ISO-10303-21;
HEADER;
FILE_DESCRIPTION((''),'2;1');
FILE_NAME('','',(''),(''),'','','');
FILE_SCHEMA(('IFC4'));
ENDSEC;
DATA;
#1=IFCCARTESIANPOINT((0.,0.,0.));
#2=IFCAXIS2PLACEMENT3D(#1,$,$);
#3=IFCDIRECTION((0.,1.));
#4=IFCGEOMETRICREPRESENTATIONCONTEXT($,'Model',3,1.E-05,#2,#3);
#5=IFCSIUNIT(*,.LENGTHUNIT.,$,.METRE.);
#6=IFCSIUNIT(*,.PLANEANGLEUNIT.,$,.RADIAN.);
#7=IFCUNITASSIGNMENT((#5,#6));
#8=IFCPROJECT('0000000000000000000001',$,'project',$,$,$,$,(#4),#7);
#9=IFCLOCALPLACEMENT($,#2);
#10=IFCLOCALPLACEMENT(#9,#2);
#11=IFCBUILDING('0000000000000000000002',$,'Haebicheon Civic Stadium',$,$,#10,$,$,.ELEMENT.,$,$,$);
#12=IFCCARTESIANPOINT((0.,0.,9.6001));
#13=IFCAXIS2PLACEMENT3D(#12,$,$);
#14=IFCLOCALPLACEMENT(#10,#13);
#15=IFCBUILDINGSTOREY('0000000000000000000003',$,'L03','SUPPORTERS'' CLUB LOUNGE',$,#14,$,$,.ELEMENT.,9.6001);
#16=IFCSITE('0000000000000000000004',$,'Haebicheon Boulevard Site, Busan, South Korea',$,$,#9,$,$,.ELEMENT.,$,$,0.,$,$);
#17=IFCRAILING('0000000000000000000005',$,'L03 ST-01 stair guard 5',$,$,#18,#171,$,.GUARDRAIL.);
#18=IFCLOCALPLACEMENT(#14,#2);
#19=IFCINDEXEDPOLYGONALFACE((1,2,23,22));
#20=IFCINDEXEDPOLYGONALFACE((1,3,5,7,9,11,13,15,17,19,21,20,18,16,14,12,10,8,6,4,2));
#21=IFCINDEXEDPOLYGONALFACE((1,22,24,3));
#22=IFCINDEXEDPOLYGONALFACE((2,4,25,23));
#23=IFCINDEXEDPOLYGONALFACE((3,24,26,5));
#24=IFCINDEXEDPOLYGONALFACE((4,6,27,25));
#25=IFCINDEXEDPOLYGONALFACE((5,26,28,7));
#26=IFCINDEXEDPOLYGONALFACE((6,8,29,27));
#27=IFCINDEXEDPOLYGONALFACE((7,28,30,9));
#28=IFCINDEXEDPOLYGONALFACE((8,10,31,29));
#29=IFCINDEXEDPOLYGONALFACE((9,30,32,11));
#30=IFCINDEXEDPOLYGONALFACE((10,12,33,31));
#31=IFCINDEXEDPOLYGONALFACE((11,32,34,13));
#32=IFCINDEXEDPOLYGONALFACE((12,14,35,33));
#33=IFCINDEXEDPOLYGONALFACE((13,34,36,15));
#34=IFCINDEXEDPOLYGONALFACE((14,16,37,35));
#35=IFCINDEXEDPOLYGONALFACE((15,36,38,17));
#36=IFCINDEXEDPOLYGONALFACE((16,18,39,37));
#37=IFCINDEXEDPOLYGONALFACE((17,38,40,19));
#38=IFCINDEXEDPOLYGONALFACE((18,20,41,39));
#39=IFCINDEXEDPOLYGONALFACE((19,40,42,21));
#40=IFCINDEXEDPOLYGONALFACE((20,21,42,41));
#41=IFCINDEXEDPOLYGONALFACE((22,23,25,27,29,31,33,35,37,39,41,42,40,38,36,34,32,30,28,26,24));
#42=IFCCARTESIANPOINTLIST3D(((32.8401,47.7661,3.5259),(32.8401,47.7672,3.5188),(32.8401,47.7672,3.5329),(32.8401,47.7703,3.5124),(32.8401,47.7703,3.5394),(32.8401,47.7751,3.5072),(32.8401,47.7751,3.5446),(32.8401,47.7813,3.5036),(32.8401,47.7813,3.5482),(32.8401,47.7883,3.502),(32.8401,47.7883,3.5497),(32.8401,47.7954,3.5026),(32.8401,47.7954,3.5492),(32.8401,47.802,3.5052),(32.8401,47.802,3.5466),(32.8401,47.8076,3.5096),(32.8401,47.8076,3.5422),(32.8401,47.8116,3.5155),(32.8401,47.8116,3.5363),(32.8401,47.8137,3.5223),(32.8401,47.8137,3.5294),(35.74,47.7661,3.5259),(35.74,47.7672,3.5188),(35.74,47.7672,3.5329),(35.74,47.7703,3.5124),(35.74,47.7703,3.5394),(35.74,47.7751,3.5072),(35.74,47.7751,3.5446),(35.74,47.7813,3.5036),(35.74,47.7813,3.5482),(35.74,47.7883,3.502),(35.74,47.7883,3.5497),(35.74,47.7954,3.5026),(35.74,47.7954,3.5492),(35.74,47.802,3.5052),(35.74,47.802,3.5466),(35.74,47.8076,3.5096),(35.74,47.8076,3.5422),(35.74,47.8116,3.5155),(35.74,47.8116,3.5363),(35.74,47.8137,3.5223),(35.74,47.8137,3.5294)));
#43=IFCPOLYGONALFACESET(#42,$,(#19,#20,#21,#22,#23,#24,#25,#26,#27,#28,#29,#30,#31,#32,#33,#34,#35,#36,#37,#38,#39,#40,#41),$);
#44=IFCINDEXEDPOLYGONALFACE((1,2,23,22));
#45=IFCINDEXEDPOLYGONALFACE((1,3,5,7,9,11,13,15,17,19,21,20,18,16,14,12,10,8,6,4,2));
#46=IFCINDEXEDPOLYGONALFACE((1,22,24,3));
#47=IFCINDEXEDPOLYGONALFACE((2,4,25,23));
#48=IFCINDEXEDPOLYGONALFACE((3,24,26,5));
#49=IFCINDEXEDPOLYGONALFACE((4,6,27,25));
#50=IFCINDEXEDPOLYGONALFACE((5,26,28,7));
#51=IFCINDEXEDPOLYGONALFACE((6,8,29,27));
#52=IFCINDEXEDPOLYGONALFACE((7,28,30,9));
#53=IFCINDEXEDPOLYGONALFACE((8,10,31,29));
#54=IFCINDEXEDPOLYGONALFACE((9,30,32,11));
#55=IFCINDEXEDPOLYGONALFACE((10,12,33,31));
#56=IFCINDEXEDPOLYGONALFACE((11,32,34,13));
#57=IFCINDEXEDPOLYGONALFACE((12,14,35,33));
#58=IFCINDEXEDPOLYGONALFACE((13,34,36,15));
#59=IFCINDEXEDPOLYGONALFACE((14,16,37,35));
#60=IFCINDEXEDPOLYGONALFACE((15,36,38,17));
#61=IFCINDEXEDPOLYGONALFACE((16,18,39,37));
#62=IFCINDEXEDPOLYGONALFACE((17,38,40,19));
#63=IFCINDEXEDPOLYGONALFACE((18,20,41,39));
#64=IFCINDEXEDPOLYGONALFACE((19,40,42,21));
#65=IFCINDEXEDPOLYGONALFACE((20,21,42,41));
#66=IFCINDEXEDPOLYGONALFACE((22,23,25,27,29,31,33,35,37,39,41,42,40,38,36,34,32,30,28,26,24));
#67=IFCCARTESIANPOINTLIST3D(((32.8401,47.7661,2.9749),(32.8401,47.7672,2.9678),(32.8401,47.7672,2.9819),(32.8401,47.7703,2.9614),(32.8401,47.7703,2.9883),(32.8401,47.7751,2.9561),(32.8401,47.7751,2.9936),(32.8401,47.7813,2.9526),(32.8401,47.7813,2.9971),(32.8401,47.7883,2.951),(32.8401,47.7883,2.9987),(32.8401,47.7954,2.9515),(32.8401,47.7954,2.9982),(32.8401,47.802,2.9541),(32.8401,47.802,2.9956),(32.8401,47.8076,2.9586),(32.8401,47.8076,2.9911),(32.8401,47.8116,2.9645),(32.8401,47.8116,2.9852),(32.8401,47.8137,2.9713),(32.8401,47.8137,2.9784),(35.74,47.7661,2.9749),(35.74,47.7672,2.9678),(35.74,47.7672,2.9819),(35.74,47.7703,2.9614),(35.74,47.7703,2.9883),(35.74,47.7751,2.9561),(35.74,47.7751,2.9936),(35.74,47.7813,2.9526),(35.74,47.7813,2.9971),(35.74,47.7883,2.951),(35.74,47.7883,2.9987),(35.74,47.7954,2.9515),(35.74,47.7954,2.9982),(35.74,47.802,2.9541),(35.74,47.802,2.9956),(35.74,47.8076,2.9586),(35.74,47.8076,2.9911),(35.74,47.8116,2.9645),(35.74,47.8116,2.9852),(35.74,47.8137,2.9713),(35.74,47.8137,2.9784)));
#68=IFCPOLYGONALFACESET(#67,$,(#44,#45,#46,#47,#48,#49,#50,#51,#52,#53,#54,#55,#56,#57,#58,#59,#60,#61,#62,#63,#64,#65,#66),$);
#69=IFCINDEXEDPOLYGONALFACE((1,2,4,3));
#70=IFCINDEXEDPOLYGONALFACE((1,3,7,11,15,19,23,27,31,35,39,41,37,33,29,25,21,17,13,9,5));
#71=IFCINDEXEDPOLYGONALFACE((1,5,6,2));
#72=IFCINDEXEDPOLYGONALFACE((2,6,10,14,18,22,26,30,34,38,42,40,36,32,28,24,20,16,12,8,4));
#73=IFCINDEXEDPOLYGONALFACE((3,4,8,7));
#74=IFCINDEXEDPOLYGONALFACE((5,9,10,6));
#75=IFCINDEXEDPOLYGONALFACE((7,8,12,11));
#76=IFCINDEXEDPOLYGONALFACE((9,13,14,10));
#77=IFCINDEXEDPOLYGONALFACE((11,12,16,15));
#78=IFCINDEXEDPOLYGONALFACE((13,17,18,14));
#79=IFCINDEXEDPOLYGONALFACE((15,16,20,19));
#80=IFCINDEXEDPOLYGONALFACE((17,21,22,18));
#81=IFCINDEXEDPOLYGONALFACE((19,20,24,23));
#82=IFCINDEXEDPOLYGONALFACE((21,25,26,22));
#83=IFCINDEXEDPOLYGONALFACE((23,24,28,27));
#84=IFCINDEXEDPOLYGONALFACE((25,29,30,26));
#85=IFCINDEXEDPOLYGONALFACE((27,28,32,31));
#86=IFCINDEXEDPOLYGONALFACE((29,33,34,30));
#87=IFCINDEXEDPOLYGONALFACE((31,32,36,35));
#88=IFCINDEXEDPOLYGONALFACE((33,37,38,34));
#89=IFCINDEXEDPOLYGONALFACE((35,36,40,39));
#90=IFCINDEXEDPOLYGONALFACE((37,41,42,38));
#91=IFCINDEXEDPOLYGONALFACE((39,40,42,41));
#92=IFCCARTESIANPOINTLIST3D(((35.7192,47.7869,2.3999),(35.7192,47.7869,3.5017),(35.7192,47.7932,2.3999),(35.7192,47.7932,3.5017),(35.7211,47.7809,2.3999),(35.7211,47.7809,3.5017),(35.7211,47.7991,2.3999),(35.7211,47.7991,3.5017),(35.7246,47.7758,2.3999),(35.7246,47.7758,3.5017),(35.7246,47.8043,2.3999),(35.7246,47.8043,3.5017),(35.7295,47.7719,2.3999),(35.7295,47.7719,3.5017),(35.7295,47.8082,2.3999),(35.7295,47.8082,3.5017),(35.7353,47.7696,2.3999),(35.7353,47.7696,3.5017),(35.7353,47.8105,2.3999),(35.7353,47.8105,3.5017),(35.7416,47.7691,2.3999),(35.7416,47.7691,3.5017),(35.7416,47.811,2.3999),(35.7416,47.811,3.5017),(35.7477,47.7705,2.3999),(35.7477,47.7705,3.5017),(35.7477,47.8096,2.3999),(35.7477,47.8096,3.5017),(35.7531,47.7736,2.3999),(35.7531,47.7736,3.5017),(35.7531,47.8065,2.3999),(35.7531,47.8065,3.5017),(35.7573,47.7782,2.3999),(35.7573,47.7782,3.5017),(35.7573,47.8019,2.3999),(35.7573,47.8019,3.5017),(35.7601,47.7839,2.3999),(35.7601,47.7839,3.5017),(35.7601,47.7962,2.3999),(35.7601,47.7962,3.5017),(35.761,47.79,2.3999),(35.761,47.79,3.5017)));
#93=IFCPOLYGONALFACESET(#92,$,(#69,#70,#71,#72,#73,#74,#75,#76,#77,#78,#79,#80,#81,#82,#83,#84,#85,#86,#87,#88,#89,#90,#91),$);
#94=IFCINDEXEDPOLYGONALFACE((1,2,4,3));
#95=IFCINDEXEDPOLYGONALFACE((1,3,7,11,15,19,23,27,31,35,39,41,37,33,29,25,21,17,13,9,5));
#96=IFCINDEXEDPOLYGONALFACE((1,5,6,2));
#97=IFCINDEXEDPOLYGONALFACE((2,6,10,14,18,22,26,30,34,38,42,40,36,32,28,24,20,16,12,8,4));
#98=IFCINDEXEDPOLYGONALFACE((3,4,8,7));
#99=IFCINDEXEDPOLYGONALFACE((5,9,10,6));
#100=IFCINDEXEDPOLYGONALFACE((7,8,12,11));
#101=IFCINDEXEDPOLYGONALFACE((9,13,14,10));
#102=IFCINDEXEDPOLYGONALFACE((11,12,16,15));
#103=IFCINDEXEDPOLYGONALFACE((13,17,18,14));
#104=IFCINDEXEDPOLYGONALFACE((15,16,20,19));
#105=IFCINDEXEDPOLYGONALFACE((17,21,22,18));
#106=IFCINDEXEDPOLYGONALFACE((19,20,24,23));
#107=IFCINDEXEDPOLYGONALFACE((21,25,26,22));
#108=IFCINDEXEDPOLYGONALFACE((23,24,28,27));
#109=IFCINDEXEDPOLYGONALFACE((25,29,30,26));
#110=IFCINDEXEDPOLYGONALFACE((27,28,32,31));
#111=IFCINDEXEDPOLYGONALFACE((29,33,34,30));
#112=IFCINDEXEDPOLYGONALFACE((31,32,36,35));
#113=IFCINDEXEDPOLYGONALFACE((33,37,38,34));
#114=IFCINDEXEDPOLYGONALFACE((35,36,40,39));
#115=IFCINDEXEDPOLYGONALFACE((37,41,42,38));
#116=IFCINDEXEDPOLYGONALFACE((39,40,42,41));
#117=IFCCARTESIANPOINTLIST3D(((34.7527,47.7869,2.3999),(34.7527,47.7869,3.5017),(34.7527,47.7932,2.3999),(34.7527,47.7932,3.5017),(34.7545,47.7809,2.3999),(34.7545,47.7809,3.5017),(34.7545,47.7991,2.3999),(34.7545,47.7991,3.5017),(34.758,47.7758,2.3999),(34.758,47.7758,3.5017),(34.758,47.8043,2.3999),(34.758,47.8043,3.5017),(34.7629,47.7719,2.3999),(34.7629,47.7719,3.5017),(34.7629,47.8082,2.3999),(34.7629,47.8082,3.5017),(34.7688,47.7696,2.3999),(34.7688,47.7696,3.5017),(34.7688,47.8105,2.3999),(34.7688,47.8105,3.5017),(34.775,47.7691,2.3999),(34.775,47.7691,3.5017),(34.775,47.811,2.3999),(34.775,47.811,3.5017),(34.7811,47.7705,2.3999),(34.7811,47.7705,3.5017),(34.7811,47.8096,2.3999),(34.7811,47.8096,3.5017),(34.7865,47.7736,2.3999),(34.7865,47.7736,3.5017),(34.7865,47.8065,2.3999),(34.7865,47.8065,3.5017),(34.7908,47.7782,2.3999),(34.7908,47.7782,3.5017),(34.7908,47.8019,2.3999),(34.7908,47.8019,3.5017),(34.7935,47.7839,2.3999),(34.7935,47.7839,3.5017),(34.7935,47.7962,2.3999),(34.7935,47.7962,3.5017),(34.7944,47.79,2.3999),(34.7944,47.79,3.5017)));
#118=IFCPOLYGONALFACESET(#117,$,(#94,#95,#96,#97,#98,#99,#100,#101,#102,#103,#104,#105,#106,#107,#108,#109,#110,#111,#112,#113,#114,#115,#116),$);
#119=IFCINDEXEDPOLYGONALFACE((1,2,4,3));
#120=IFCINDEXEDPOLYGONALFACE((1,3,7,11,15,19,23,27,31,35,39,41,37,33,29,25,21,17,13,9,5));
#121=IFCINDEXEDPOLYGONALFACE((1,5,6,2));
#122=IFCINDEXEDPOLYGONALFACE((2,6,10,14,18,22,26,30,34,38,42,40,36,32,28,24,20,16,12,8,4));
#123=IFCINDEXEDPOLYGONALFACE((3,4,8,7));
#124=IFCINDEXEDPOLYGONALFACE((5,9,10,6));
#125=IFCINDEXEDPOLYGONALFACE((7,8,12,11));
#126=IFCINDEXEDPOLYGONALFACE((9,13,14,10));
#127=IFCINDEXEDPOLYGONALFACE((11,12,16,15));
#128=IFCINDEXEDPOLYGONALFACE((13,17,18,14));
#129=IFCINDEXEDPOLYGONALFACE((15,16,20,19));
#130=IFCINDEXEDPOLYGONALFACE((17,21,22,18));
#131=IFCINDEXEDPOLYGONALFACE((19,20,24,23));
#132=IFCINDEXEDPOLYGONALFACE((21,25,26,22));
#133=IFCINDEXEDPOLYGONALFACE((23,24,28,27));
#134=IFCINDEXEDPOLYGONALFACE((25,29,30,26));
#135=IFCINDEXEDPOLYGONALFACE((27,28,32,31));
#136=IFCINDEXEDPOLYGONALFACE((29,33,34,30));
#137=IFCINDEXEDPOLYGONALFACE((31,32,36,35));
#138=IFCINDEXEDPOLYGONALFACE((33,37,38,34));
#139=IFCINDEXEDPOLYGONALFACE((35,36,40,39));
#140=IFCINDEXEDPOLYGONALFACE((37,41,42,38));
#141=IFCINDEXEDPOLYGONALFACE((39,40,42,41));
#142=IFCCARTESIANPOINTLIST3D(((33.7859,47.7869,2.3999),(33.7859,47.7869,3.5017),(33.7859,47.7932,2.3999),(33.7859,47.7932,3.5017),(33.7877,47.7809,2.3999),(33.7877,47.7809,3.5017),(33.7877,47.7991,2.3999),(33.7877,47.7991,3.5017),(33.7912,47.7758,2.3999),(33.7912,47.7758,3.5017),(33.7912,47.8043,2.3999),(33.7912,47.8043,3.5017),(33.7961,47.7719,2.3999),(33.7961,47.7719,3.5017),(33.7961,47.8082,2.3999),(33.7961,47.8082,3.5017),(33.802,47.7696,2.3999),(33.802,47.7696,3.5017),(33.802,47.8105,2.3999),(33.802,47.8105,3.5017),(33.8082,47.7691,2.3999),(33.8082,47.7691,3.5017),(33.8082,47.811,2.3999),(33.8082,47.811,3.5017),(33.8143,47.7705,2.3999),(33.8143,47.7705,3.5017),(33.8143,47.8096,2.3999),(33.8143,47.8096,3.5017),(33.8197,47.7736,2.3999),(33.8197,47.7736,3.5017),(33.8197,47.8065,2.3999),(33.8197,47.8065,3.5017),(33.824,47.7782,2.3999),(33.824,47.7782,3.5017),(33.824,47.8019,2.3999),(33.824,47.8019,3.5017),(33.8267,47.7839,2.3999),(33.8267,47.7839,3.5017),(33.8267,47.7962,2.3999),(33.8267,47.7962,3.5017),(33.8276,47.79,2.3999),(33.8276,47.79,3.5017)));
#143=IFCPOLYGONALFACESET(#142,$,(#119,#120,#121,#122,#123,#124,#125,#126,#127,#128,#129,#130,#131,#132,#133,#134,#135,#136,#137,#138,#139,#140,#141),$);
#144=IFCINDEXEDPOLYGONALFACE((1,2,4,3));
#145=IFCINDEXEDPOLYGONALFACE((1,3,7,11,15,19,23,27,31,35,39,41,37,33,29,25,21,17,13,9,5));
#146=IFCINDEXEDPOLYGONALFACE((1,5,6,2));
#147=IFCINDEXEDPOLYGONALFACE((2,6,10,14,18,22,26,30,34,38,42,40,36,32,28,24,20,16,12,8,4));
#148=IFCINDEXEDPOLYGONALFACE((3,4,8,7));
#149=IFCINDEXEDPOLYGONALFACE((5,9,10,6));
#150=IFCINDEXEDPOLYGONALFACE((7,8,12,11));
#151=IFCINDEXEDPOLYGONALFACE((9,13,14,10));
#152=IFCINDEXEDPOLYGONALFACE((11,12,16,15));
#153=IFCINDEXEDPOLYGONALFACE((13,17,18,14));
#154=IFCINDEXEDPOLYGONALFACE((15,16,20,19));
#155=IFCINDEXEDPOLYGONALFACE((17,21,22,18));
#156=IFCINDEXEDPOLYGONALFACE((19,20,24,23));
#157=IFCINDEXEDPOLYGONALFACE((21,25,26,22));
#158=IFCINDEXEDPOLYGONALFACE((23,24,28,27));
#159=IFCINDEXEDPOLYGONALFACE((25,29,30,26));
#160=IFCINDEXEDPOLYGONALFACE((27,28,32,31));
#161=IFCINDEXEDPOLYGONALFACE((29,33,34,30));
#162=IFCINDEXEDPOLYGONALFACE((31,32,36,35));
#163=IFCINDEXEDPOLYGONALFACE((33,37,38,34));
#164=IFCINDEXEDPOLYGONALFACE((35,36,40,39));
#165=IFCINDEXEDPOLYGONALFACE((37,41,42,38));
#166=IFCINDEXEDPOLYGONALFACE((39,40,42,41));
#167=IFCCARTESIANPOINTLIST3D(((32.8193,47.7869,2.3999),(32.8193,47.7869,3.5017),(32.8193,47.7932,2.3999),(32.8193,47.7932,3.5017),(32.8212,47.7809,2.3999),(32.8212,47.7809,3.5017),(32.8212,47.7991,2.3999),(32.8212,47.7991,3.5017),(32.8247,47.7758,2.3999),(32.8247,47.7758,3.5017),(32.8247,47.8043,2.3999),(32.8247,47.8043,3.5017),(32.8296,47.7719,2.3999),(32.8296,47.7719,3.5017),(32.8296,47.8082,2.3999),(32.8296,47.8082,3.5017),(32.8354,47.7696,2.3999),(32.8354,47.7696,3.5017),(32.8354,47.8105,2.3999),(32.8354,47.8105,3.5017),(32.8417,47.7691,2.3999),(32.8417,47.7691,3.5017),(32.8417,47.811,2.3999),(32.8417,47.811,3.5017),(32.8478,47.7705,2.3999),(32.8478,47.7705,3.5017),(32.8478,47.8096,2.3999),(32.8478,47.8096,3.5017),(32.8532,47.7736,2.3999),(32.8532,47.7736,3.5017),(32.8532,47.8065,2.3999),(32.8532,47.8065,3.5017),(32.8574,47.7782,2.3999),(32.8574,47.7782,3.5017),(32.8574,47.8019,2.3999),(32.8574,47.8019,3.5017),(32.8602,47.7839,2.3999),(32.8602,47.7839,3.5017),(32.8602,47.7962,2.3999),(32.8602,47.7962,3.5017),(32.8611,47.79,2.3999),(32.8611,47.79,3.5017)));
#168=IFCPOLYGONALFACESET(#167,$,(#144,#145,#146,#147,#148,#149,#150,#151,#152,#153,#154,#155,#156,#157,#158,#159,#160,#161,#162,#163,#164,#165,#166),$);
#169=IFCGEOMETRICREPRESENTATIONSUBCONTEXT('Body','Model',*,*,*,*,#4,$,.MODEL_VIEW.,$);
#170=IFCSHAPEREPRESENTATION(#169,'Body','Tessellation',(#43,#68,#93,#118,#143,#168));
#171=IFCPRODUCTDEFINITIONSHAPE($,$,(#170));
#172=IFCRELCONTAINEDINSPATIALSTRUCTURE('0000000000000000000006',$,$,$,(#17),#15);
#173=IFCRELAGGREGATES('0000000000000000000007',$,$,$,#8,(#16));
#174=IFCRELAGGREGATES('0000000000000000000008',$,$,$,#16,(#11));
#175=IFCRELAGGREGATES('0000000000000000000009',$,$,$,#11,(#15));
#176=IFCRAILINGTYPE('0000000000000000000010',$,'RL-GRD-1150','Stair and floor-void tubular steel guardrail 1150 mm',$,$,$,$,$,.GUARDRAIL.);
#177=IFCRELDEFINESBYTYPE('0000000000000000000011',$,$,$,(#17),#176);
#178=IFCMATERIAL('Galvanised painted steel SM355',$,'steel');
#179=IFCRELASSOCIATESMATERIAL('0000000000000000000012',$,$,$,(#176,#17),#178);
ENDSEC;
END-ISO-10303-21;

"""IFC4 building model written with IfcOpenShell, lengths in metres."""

from ifc_helpers import new_model, si_unit, direction, frame, origin, origin_2d, place, context, subcontext, project, spatial, circle, extrude, material, type_object, element, save


model = new_model("IFC4")

# Units and contexts
model_context = context("Model", 3, precision=1e-05, world=origin(), true_north=direction((0.0, 1.0)))
body_context = subcontext(model_context, "Body", "Model", "MODEL_VIEW")
ifc_project = project(units=[si_unit("LENGTHUNIT", "METRE"), si_unit("PLANEANGLEUNIT", "RADIAN")], contexts=[model_context])

# Site, building, storey
site_placement = place(None, origin())
site = spatial("IfcSite", under=ifc_project, at=site_placement, Name="Haebicheon Boulevard Site, Busan, South Korea", CompositionType="ELEMENT", RefElevation=0.0)
building_placement = place(site_placement, origin())
building = spatial("IfcBuilding", under=site, at=building_placement, Name="Haebicheon Civic Stadium", CompositionType="ELEMENT")
storey_placement = place(building_placement, frame((0.0, 0.0, 9.6001)))
storey = spatial("IfcBuildingStorey", under=building, at=storey_placement, Name="L03", Description="SUPPORTERS' CLUB LOUNGE", CompositionType="ELEMENT", Elevation=9.6001)

# Railing
ifc_material_1 = material(Name="Galvanised painted steel SM355", Category="steel")
railing_type_1 = type_object("IfcRailingType", Name="RL-GRD-1150", Description="Stair and floor-void tubular steel guardrail 1150 mm", PredefinedType="GUARDRAIL", material=ifc_material_1)
railing_1_placement = place(storey_placement, frame((35.74, 47.79, 2.3999)))
element("IfcRailing", 1, at=railing_1_placement, inside=storey, type_object=railing_type_1, material=ifc_material_1, Name="L03 ST-01 stair guard 5", PredefinedType="GUARDRAIL", context=body_context, shape_type="SweptSolid", body=[
    extrude(circle(Radius=0.0239, at=origin_2d()), frame((0.0, 0.0, 1.126), z_axis=(-1.0, 0.0, 0.0), x_axis=(0.0, -1.0, 0.0)), (0.0, 0.0, 1.0), 2.8999),
    extrude(circle(Radius=0.0239, at=origin_2d()), frame((0.0, 0.0, 0.575), z_axis=(-1.0, 0.0, 0.0), x_axis=(0.0, -1.0, 0.0)), (0.0, 0.0, 1.0), 2.8999),
    extrude(circle(Radius=0.021, at=origin_2d()), origin(), (0.0, 0.0, 1.0), 1.1018),
    extrude(circle(Radius=0.021, at=origin_2d()), frame((-0.9666, 0.0, 0.0)), (0.0, 0.0, 1.0), 1.1018),
    extrude(circle(Radius=0.021, at=origin_2d()), frame((-1.9333, 0.0, 0.0)), (0.0, 0.0, 1.0), 1.1018),
    extrude(circle(Radius=0.021, at=origin_2d()), frame((-2.8999, 0.0, 0.0)), (0.0, 0.0, 1.0), 1.1018),
])

save(model, "model.ifc")
